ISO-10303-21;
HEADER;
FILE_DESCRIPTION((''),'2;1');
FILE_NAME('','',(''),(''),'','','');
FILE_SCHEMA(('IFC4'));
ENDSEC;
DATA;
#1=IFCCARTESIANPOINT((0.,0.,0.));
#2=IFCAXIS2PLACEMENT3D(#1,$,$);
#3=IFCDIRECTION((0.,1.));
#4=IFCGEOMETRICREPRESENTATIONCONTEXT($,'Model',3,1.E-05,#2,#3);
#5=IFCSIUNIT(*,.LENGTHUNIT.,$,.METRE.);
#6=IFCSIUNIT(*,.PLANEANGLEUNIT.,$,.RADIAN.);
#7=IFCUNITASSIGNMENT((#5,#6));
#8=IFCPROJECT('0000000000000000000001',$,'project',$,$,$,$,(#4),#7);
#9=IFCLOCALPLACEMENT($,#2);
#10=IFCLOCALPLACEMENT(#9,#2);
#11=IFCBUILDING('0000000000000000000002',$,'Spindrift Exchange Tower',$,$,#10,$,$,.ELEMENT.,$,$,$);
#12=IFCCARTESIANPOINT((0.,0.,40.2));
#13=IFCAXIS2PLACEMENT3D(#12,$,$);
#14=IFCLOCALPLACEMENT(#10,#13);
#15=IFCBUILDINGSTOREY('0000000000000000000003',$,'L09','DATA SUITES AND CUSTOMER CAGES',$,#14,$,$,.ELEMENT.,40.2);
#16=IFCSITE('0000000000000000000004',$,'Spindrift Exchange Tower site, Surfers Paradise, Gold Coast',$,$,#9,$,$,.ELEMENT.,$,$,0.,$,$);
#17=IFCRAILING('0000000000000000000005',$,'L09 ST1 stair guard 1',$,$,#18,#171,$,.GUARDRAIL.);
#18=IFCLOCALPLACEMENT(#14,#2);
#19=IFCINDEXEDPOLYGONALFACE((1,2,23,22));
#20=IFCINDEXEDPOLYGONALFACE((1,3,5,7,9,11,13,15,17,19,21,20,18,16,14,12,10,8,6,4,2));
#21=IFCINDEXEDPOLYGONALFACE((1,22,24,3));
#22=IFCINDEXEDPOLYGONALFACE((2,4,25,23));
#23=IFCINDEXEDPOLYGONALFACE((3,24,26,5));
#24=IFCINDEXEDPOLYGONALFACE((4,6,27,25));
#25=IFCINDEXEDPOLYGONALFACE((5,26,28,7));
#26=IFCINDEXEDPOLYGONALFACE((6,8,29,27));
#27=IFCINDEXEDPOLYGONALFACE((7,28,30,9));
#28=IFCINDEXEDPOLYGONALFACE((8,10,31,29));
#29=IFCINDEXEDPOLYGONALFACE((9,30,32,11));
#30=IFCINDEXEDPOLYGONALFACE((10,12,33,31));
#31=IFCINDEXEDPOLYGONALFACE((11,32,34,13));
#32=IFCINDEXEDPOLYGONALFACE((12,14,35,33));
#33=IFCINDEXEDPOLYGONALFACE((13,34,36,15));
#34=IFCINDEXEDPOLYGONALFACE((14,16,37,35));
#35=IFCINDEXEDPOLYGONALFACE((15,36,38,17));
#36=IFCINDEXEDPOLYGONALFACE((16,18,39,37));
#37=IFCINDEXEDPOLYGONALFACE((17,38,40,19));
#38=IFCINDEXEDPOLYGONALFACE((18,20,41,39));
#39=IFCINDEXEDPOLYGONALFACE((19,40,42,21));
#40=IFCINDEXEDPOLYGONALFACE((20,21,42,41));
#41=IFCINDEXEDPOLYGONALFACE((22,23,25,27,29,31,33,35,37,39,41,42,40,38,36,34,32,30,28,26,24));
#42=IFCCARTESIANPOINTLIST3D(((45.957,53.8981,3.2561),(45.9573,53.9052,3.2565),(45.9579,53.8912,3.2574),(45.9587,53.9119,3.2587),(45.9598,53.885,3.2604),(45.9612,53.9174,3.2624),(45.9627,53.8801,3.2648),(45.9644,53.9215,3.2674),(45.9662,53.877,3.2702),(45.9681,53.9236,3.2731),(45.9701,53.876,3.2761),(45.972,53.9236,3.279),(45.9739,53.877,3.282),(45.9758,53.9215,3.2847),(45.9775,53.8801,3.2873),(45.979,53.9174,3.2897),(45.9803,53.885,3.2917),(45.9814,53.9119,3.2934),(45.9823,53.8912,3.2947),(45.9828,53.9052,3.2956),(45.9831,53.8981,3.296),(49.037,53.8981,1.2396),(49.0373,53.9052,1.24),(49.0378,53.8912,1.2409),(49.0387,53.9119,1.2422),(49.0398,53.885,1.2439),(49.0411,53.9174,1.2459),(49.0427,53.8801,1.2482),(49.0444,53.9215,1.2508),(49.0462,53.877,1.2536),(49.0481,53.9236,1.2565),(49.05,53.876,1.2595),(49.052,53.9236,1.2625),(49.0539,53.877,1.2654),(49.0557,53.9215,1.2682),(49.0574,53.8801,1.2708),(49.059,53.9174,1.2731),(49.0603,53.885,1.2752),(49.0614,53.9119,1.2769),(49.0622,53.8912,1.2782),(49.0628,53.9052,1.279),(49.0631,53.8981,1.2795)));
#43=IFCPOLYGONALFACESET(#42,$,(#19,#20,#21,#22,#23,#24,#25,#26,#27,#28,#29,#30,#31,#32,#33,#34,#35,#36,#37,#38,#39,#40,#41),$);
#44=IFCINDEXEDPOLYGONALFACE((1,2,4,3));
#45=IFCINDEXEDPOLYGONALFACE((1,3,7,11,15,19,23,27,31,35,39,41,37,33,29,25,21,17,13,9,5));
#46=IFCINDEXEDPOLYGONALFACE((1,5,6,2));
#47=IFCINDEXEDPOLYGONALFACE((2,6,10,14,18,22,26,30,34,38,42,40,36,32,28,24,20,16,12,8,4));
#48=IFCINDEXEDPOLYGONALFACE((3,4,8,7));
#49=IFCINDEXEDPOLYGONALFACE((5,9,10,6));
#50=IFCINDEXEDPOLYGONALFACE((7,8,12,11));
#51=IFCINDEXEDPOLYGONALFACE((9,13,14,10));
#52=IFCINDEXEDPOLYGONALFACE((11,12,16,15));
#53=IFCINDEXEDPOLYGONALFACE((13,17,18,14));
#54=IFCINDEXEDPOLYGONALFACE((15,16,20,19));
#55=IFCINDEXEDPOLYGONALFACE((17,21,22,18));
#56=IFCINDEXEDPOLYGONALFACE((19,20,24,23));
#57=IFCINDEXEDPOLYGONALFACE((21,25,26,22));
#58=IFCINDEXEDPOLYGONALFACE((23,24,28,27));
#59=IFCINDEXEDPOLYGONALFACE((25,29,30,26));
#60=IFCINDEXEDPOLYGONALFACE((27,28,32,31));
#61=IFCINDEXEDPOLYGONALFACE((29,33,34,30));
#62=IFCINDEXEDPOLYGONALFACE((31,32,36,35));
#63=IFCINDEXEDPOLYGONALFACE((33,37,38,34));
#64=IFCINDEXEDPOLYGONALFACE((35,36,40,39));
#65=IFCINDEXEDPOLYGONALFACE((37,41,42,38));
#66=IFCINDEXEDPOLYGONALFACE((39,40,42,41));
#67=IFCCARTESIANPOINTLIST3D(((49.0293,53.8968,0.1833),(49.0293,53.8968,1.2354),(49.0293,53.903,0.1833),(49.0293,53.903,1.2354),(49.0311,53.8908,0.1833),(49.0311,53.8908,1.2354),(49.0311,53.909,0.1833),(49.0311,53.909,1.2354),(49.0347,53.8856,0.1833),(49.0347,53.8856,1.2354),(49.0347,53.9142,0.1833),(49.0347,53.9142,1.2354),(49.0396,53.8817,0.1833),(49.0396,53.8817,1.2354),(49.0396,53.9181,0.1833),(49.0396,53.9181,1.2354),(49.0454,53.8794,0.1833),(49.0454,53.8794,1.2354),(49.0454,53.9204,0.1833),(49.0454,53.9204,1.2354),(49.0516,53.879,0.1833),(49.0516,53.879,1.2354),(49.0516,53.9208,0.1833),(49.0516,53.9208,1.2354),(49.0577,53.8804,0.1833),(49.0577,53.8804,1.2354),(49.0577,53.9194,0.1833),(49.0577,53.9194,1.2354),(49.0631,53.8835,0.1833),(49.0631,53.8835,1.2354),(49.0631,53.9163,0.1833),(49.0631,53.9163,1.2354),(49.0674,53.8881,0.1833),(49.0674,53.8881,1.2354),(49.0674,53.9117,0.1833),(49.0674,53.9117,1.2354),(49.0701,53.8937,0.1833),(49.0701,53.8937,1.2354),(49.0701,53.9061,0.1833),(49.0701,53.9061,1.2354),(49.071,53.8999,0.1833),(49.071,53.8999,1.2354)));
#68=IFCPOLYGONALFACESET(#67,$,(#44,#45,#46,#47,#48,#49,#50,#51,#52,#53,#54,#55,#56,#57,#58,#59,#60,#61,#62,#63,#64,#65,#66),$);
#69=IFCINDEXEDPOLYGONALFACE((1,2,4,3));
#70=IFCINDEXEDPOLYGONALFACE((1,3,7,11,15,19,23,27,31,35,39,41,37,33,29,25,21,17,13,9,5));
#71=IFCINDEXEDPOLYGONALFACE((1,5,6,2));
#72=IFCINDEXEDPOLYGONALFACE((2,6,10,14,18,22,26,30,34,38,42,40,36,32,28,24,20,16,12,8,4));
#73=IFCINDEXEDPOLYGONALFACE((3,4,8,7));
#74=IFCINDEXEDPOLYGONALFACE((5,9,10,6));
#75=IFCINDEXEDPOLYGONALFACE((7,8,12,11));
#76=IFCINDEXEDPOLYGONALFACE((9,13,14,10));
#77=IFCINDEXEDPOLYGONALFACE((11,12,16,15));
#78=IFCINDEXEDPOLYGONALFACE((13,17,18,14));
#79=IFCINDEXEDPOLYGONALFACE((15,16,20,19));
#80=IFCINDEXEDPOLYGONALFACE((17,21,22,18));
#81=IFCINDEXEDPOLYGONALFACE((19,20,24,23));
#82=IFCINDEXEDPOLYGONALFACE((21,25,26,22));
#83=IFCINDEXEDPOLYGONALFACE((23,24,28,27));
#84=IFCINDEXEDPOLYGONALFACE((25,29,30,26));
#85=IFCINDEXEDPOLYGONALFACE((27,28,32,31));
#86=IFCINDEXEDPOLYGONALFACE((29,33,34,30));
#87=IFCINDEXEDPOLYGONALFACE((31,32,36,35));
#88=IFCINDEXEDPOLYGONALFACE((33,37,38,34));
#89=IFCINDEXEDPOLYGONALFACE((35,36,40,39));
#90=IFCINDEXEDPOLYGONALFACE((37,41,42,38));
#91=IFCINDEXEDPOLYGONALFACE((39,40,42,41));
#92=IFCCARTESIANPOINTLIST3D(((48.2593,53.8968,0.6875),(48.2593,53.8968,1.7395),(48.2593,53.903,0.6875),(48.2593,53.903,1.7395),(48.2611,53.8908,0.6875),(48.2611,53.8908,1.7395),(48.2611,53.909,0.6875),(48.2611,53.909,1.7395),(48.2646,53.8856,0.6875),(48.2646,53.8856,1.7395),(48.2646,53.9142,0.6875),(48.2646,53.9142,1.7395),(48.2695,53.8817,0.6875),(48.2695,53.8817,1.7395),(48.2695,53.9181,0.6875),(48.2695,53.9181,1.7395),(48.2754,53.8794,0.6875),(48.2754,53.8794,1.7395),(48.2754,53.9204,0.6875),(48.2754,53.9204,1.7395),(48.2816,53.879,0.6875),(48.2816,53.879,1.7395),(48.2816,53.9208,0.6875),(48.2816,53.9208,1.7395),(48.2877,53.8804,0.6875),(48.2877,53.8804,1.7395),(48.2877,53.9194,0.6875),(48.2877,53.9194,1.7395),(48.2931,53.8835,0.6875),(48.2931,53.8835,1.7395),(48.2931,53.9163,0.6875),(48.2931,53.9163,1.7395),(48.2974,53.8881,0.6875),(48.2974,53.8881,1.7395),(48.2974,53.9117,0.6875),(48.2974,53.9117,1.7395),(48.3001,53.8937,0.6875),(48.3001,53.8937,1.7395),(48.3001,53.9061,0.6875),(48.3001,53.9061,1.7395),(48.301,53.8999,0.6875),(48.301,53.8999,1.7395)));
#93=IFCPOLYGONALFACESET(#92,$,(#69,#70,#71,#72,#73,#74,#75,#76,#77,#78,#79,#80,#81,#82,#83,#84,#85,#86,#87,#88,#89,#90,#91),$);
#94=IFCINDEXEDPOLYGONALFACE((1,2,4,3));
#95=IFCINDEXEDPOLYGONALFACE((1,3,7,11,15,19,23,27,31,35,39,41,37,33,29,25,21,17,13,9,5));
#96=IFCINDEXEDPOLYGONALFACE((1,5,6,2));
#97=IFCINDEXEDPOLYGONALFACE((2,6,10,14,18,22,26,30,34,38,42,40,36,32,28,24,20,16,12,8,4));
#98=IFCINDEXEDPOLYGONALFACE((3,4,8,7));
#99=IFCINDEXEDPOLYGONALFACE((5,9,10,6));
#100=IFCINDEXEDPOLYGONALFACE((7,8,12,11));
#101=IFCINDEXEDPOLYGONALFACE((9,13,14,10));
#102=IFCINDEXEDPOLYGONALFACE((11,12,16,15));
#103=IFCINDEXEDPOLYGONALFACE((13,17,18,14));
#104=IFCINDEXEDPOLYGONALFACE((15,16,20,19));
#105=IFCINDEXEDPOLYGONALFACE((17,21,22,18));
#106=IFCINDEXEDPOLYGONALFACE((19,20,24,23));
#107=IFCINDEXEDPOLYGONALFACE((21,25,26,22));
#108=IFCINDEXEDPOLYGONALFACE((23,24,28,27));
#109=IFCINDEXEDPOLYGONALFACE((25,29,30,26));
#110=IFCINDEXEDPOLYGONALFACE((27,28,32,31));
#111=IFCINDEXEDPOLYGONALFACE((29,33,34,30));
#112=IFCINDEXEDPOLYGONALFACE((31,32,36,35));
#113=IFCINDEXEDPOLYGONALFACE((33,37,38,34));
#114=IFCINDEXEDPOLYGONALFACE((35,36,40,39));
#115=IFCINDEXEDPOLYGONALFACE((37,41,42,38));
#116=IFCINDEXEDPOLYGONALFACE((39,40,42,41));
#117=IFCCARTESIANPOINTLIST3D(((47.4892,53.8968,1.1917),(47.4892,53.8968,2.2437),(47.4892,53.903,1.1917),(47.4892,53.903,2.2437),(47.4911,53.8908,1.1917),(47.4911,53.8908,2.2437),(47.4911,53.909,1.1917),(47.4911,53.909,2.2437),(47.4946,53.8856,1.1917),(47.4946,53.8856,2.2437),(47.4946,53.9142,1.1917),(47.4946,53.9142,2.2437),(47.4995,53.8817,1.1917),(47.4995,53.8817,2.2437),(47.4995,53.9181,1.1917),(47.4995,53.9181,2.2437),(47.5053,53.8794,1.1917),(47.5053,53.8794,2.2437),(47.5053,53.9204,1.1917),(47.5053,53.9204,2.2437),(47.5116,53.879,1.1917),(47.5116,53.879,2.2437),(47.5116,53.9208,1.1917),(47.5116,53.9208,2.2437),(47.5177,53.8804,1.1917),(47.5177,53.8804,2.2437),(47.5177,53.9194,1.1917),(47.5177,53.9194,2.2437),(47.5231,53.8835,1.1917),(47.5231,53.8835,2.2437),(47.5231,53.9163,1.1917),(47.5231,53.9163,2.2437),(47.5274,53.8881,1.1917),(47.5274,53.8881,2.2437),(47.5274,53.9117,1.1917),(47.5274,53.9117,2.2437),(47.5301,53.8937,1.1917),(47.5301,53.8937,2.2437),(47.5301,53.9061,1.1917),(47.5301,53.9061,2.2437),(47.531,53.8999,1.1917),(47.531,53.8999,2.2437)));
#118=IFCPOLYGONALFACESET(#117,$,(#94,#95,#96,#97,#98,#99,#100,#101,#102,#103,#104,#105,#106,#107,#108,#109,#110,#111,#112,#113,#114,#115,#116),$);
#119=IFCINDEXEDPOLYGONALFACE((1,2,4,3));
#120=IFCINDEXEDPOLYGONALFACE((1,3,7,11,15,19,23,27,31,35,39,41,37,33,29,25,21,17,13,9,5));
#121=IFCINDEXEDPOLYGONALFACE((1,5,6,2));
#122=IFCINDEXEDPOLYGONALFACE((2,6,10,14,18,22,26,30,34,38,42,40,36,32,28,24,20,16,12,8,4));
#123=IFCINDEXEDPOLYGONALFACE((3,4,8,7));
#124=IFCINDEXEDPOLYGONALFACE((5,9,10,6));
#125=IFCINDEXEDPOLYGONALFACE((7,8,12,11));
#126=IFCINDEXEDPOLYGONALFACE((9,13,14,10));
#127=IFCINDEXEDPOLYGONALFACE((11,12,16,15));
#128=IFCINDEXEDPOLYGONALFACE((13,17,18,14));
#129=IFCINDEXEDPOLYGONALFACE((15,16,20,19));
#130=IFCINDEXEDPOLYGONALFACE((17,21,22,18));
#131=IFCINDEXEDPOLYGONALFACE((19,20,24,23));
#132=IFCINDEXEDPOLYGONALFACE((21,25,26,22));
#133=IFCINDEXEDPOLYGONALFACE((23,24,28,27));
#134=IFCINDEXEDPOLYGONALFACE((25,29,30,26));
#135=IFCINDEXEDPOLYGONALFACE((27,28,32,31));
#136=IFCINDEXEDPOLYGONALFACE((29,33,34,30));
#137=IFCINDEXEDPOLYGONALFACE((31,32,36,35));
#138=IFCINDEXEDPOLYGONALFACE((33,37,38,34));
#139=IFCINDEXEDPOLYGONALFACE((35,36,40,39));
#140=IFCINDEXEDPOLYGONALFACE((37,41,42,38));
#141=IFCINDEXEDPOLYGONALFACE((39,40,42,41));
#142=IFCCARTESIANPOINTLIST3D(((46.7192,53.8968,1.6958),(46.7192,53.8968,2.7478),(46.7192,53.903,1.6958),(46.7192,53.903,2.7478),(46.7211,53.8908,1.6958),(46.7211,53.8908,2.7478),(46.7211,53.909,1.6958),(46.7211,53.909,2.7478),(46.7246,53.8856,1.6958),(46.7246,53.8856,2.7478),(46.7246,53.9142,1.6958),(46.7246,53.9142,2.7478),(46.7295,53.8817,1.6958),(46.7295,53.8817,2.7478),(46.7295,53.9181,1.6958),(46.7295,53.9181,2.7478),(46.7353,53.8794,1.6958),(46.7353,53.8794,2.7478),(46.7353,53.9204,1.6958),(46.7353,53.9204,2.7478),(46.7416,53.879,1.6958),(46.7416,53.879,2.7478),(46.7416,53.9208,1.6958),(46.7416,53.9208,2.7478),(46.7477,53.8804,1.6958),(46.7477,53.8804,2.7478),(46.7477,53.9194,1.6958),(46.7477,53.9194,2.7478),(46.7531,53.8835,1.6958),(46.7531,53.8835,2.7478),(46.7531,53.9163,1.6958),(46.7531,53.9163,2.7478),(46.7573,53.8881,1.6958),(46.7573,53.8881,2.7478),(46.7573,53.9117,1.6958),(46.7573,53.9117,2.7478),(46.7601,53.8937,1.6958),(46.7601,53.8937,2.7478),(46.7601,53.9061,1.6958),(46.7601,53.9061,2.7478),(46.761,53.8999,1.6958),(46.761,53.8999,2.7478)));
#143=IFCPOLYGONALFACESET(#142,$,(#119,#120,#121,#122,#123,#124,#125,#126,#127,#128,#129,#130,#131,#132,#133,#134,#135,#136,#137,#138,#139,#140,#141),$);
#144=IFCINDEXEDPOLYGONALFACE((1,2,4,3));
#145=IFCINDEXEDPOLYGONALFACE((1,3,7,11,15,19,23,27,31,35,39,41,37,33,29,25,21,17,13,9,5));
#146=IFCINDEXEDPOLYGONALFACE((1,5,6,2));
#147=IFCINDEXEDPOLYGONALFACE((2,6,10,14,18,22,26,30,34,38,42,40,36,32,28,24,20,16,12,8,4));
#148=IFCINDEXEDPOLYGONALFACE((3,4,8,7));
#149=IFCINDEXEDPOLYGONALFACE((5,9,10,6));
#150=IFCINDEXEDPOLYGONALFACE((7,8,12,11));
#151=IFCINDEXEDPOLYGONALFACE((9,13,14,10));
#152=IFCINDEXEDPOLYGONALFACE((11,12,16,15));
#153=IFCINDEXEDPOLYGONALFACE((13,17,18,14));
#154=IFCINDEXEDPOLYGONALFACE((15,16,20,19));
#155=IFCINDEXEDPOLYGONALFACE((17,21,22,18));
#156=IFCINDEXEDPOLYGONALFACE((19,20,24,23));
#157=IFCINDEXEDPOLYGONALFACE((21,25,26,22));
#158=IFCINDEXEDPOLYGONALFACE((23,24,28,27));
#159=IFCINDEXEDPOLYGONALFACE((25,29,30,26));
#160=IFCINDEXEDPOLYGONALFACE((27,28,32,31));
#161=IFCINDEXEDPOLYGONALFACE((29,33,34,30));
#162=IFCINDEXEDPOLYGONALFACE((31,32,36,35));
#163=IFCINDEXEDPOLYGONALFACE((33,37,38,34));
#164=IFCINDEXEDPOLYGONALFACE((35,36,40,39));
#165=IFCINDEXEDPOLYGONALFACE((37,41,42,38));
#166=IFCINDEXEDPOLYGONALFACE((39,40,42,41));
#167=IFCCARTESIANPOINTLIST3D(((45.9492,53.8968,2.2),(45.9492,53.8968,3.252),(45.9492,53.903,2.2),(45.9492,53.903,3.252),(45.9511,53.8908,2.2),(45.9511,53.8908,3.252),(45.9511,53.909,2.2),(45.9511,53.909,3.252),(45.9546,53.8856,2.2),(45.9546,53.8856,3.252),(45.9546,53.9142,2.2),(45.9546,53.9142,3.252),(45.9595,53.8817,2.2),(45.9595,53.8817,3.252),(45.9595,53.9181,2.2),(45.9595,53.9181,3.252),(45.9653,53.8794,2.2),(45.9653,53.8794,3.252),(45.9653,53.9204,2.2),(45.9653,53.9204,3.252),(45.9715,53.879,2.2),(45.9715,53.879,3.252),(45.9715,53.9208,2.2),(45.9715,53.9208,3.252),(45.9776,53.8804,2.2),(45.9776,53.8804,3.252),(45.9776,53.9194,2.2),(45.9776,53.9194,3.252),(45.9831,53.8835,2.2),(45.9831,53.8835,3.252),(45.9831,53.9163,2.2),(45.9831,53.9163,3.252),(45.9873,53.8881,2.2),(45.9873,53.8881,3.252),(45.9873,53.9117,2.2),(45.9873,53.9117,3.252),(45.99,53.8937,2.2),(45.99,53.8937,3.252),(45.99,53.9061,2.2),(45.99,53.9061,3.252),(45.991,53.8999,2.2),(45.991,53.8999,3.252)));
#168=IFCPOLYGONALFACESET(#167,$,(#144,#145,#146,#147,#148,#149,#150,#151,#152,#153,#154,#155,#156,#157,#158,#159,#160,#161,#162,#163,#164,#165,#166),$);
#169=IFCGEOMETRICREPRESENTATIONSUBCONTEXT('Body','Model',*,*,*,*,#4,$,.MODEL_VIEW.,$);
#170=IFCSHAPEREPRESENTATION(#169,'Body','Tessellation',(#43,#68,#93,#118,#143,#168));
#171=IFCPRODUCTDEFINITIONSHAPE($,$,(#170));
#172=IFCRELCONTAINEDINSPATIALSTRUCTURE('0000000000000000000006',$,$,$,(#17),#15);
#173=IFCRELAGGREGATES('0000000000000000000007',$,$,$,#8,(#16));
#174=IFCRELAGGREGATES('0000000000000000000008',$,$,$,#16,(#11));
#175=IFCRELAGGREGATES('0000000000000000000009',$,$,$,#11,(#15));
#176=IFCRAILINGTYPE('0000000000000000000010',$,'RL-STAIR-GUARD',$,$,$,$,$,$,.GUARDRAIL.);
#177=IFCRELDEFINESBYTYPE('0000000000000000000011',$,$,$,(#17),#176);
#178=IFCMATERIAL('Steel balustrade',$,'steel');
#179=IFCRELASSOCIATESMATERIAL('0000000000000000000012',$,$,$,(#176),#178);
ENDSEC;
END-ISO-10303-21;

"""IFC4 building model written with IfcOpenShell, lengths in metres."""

from ifc_helpers import new_model, si_unit, direction, frame, origin, origin_2d, place, context, subcontext, project, spatial, circle, extrude, material, type_object, element, save


model = new_model("IFC4")

# Units and contexts
model_context = context("Model", 3, precision=1e-05, world=origin(), true_north=direction((0.0, 1.0)))
body_context = subcontext(model_context, "Body", "Model", "MODEL_VIEW")
ifc_project = project(units=[si_unit("LENGTHUNIT", "METRE"), si_unit("PLANEANGLEUNIT", "RADIAN")], contexts=[model_context])

# Site, building, storey
site_placement = place(None, origin())
site = spatial("IfcSite", under=ifc_project, at=site_placement, Name="Spindrift Exchange Tower site, Surfers Paradise, Gold Coast", CompositionType="ELEMENT", RefElevation=0.0)
building_placement = place(site_placement, origin())
building = spatial("IfcBuilding", under=site, at=building_placement, Name="Spindrift Exchange Tower", CompositionType="ELEMENT")
storey_placement = place(building_placement, frame((0.0, 0.0, 40.2)))
storey = spatial("IfcBuildingStorey", under=building, at=storey_placement, Name="L09", Description="DATA SUITES AND CUSTOMER CAGES", CompositionType="ELEMENT", Elevation=40.2)

# Railing
ifc_material_1 = material(Name="Steel balustrade", Category="steel")
railing_type_1 = type_object("IfcRailingType", Name="RL-STAIR-GUARD", PredefinedType="GUARDRAIL", material=ifc_material_1)
railing_1_placement = place(storey_placement, frame((49.05, 53.8999, 0.1833)))
element("IfcRailing", 1, at=railing_1_placement, inside=storey, type_object=railing_type_1, Name="L09 ST1 stair guard 1", PredefinedType="GUARDRAIL", context=body_context, shape_type="SweptSolid", body=[
    extrude(circle(Radius=0.0239, at=origin_2d()), frame((0.0, 0.0, 1.0762), z_axis=(-0.836633, 0.0, 0.547764), x_axis=(0.0, -1.0, 0.0)), (0.0, 0.0, 1.0), 3.6814),
    extrude(circle(Radius=0.021, at=origin_2d()), origin(), (0.0, 0.0, 1.0), 1.052),
    extrude(circle(Radius=0.021, at=origin_2d()), frame((-0.77, 0.0, 0.5042)), (0.0, 0.0, 1.0), 1.052),
    extrude(circle(Radius=0.021, at=origin_2d()), frame((-1.54, 0.0, 1.0083)), (0.0, 0.0, 1.0), 1.052),
    extrude(circle(Radius=0.021, at=origin_2d()), frame((-2.3101, 0.0, 1.5125)), (0.0, 0.0, 1.0), 1.052),
    extrude(circle(Radius=0.021, at=origin_2d()), frame((-3.0801, 0.0, 2.0166)), (0.0, 0.0, 1.0), 1.052),
])

save(model, "model.ifc")
